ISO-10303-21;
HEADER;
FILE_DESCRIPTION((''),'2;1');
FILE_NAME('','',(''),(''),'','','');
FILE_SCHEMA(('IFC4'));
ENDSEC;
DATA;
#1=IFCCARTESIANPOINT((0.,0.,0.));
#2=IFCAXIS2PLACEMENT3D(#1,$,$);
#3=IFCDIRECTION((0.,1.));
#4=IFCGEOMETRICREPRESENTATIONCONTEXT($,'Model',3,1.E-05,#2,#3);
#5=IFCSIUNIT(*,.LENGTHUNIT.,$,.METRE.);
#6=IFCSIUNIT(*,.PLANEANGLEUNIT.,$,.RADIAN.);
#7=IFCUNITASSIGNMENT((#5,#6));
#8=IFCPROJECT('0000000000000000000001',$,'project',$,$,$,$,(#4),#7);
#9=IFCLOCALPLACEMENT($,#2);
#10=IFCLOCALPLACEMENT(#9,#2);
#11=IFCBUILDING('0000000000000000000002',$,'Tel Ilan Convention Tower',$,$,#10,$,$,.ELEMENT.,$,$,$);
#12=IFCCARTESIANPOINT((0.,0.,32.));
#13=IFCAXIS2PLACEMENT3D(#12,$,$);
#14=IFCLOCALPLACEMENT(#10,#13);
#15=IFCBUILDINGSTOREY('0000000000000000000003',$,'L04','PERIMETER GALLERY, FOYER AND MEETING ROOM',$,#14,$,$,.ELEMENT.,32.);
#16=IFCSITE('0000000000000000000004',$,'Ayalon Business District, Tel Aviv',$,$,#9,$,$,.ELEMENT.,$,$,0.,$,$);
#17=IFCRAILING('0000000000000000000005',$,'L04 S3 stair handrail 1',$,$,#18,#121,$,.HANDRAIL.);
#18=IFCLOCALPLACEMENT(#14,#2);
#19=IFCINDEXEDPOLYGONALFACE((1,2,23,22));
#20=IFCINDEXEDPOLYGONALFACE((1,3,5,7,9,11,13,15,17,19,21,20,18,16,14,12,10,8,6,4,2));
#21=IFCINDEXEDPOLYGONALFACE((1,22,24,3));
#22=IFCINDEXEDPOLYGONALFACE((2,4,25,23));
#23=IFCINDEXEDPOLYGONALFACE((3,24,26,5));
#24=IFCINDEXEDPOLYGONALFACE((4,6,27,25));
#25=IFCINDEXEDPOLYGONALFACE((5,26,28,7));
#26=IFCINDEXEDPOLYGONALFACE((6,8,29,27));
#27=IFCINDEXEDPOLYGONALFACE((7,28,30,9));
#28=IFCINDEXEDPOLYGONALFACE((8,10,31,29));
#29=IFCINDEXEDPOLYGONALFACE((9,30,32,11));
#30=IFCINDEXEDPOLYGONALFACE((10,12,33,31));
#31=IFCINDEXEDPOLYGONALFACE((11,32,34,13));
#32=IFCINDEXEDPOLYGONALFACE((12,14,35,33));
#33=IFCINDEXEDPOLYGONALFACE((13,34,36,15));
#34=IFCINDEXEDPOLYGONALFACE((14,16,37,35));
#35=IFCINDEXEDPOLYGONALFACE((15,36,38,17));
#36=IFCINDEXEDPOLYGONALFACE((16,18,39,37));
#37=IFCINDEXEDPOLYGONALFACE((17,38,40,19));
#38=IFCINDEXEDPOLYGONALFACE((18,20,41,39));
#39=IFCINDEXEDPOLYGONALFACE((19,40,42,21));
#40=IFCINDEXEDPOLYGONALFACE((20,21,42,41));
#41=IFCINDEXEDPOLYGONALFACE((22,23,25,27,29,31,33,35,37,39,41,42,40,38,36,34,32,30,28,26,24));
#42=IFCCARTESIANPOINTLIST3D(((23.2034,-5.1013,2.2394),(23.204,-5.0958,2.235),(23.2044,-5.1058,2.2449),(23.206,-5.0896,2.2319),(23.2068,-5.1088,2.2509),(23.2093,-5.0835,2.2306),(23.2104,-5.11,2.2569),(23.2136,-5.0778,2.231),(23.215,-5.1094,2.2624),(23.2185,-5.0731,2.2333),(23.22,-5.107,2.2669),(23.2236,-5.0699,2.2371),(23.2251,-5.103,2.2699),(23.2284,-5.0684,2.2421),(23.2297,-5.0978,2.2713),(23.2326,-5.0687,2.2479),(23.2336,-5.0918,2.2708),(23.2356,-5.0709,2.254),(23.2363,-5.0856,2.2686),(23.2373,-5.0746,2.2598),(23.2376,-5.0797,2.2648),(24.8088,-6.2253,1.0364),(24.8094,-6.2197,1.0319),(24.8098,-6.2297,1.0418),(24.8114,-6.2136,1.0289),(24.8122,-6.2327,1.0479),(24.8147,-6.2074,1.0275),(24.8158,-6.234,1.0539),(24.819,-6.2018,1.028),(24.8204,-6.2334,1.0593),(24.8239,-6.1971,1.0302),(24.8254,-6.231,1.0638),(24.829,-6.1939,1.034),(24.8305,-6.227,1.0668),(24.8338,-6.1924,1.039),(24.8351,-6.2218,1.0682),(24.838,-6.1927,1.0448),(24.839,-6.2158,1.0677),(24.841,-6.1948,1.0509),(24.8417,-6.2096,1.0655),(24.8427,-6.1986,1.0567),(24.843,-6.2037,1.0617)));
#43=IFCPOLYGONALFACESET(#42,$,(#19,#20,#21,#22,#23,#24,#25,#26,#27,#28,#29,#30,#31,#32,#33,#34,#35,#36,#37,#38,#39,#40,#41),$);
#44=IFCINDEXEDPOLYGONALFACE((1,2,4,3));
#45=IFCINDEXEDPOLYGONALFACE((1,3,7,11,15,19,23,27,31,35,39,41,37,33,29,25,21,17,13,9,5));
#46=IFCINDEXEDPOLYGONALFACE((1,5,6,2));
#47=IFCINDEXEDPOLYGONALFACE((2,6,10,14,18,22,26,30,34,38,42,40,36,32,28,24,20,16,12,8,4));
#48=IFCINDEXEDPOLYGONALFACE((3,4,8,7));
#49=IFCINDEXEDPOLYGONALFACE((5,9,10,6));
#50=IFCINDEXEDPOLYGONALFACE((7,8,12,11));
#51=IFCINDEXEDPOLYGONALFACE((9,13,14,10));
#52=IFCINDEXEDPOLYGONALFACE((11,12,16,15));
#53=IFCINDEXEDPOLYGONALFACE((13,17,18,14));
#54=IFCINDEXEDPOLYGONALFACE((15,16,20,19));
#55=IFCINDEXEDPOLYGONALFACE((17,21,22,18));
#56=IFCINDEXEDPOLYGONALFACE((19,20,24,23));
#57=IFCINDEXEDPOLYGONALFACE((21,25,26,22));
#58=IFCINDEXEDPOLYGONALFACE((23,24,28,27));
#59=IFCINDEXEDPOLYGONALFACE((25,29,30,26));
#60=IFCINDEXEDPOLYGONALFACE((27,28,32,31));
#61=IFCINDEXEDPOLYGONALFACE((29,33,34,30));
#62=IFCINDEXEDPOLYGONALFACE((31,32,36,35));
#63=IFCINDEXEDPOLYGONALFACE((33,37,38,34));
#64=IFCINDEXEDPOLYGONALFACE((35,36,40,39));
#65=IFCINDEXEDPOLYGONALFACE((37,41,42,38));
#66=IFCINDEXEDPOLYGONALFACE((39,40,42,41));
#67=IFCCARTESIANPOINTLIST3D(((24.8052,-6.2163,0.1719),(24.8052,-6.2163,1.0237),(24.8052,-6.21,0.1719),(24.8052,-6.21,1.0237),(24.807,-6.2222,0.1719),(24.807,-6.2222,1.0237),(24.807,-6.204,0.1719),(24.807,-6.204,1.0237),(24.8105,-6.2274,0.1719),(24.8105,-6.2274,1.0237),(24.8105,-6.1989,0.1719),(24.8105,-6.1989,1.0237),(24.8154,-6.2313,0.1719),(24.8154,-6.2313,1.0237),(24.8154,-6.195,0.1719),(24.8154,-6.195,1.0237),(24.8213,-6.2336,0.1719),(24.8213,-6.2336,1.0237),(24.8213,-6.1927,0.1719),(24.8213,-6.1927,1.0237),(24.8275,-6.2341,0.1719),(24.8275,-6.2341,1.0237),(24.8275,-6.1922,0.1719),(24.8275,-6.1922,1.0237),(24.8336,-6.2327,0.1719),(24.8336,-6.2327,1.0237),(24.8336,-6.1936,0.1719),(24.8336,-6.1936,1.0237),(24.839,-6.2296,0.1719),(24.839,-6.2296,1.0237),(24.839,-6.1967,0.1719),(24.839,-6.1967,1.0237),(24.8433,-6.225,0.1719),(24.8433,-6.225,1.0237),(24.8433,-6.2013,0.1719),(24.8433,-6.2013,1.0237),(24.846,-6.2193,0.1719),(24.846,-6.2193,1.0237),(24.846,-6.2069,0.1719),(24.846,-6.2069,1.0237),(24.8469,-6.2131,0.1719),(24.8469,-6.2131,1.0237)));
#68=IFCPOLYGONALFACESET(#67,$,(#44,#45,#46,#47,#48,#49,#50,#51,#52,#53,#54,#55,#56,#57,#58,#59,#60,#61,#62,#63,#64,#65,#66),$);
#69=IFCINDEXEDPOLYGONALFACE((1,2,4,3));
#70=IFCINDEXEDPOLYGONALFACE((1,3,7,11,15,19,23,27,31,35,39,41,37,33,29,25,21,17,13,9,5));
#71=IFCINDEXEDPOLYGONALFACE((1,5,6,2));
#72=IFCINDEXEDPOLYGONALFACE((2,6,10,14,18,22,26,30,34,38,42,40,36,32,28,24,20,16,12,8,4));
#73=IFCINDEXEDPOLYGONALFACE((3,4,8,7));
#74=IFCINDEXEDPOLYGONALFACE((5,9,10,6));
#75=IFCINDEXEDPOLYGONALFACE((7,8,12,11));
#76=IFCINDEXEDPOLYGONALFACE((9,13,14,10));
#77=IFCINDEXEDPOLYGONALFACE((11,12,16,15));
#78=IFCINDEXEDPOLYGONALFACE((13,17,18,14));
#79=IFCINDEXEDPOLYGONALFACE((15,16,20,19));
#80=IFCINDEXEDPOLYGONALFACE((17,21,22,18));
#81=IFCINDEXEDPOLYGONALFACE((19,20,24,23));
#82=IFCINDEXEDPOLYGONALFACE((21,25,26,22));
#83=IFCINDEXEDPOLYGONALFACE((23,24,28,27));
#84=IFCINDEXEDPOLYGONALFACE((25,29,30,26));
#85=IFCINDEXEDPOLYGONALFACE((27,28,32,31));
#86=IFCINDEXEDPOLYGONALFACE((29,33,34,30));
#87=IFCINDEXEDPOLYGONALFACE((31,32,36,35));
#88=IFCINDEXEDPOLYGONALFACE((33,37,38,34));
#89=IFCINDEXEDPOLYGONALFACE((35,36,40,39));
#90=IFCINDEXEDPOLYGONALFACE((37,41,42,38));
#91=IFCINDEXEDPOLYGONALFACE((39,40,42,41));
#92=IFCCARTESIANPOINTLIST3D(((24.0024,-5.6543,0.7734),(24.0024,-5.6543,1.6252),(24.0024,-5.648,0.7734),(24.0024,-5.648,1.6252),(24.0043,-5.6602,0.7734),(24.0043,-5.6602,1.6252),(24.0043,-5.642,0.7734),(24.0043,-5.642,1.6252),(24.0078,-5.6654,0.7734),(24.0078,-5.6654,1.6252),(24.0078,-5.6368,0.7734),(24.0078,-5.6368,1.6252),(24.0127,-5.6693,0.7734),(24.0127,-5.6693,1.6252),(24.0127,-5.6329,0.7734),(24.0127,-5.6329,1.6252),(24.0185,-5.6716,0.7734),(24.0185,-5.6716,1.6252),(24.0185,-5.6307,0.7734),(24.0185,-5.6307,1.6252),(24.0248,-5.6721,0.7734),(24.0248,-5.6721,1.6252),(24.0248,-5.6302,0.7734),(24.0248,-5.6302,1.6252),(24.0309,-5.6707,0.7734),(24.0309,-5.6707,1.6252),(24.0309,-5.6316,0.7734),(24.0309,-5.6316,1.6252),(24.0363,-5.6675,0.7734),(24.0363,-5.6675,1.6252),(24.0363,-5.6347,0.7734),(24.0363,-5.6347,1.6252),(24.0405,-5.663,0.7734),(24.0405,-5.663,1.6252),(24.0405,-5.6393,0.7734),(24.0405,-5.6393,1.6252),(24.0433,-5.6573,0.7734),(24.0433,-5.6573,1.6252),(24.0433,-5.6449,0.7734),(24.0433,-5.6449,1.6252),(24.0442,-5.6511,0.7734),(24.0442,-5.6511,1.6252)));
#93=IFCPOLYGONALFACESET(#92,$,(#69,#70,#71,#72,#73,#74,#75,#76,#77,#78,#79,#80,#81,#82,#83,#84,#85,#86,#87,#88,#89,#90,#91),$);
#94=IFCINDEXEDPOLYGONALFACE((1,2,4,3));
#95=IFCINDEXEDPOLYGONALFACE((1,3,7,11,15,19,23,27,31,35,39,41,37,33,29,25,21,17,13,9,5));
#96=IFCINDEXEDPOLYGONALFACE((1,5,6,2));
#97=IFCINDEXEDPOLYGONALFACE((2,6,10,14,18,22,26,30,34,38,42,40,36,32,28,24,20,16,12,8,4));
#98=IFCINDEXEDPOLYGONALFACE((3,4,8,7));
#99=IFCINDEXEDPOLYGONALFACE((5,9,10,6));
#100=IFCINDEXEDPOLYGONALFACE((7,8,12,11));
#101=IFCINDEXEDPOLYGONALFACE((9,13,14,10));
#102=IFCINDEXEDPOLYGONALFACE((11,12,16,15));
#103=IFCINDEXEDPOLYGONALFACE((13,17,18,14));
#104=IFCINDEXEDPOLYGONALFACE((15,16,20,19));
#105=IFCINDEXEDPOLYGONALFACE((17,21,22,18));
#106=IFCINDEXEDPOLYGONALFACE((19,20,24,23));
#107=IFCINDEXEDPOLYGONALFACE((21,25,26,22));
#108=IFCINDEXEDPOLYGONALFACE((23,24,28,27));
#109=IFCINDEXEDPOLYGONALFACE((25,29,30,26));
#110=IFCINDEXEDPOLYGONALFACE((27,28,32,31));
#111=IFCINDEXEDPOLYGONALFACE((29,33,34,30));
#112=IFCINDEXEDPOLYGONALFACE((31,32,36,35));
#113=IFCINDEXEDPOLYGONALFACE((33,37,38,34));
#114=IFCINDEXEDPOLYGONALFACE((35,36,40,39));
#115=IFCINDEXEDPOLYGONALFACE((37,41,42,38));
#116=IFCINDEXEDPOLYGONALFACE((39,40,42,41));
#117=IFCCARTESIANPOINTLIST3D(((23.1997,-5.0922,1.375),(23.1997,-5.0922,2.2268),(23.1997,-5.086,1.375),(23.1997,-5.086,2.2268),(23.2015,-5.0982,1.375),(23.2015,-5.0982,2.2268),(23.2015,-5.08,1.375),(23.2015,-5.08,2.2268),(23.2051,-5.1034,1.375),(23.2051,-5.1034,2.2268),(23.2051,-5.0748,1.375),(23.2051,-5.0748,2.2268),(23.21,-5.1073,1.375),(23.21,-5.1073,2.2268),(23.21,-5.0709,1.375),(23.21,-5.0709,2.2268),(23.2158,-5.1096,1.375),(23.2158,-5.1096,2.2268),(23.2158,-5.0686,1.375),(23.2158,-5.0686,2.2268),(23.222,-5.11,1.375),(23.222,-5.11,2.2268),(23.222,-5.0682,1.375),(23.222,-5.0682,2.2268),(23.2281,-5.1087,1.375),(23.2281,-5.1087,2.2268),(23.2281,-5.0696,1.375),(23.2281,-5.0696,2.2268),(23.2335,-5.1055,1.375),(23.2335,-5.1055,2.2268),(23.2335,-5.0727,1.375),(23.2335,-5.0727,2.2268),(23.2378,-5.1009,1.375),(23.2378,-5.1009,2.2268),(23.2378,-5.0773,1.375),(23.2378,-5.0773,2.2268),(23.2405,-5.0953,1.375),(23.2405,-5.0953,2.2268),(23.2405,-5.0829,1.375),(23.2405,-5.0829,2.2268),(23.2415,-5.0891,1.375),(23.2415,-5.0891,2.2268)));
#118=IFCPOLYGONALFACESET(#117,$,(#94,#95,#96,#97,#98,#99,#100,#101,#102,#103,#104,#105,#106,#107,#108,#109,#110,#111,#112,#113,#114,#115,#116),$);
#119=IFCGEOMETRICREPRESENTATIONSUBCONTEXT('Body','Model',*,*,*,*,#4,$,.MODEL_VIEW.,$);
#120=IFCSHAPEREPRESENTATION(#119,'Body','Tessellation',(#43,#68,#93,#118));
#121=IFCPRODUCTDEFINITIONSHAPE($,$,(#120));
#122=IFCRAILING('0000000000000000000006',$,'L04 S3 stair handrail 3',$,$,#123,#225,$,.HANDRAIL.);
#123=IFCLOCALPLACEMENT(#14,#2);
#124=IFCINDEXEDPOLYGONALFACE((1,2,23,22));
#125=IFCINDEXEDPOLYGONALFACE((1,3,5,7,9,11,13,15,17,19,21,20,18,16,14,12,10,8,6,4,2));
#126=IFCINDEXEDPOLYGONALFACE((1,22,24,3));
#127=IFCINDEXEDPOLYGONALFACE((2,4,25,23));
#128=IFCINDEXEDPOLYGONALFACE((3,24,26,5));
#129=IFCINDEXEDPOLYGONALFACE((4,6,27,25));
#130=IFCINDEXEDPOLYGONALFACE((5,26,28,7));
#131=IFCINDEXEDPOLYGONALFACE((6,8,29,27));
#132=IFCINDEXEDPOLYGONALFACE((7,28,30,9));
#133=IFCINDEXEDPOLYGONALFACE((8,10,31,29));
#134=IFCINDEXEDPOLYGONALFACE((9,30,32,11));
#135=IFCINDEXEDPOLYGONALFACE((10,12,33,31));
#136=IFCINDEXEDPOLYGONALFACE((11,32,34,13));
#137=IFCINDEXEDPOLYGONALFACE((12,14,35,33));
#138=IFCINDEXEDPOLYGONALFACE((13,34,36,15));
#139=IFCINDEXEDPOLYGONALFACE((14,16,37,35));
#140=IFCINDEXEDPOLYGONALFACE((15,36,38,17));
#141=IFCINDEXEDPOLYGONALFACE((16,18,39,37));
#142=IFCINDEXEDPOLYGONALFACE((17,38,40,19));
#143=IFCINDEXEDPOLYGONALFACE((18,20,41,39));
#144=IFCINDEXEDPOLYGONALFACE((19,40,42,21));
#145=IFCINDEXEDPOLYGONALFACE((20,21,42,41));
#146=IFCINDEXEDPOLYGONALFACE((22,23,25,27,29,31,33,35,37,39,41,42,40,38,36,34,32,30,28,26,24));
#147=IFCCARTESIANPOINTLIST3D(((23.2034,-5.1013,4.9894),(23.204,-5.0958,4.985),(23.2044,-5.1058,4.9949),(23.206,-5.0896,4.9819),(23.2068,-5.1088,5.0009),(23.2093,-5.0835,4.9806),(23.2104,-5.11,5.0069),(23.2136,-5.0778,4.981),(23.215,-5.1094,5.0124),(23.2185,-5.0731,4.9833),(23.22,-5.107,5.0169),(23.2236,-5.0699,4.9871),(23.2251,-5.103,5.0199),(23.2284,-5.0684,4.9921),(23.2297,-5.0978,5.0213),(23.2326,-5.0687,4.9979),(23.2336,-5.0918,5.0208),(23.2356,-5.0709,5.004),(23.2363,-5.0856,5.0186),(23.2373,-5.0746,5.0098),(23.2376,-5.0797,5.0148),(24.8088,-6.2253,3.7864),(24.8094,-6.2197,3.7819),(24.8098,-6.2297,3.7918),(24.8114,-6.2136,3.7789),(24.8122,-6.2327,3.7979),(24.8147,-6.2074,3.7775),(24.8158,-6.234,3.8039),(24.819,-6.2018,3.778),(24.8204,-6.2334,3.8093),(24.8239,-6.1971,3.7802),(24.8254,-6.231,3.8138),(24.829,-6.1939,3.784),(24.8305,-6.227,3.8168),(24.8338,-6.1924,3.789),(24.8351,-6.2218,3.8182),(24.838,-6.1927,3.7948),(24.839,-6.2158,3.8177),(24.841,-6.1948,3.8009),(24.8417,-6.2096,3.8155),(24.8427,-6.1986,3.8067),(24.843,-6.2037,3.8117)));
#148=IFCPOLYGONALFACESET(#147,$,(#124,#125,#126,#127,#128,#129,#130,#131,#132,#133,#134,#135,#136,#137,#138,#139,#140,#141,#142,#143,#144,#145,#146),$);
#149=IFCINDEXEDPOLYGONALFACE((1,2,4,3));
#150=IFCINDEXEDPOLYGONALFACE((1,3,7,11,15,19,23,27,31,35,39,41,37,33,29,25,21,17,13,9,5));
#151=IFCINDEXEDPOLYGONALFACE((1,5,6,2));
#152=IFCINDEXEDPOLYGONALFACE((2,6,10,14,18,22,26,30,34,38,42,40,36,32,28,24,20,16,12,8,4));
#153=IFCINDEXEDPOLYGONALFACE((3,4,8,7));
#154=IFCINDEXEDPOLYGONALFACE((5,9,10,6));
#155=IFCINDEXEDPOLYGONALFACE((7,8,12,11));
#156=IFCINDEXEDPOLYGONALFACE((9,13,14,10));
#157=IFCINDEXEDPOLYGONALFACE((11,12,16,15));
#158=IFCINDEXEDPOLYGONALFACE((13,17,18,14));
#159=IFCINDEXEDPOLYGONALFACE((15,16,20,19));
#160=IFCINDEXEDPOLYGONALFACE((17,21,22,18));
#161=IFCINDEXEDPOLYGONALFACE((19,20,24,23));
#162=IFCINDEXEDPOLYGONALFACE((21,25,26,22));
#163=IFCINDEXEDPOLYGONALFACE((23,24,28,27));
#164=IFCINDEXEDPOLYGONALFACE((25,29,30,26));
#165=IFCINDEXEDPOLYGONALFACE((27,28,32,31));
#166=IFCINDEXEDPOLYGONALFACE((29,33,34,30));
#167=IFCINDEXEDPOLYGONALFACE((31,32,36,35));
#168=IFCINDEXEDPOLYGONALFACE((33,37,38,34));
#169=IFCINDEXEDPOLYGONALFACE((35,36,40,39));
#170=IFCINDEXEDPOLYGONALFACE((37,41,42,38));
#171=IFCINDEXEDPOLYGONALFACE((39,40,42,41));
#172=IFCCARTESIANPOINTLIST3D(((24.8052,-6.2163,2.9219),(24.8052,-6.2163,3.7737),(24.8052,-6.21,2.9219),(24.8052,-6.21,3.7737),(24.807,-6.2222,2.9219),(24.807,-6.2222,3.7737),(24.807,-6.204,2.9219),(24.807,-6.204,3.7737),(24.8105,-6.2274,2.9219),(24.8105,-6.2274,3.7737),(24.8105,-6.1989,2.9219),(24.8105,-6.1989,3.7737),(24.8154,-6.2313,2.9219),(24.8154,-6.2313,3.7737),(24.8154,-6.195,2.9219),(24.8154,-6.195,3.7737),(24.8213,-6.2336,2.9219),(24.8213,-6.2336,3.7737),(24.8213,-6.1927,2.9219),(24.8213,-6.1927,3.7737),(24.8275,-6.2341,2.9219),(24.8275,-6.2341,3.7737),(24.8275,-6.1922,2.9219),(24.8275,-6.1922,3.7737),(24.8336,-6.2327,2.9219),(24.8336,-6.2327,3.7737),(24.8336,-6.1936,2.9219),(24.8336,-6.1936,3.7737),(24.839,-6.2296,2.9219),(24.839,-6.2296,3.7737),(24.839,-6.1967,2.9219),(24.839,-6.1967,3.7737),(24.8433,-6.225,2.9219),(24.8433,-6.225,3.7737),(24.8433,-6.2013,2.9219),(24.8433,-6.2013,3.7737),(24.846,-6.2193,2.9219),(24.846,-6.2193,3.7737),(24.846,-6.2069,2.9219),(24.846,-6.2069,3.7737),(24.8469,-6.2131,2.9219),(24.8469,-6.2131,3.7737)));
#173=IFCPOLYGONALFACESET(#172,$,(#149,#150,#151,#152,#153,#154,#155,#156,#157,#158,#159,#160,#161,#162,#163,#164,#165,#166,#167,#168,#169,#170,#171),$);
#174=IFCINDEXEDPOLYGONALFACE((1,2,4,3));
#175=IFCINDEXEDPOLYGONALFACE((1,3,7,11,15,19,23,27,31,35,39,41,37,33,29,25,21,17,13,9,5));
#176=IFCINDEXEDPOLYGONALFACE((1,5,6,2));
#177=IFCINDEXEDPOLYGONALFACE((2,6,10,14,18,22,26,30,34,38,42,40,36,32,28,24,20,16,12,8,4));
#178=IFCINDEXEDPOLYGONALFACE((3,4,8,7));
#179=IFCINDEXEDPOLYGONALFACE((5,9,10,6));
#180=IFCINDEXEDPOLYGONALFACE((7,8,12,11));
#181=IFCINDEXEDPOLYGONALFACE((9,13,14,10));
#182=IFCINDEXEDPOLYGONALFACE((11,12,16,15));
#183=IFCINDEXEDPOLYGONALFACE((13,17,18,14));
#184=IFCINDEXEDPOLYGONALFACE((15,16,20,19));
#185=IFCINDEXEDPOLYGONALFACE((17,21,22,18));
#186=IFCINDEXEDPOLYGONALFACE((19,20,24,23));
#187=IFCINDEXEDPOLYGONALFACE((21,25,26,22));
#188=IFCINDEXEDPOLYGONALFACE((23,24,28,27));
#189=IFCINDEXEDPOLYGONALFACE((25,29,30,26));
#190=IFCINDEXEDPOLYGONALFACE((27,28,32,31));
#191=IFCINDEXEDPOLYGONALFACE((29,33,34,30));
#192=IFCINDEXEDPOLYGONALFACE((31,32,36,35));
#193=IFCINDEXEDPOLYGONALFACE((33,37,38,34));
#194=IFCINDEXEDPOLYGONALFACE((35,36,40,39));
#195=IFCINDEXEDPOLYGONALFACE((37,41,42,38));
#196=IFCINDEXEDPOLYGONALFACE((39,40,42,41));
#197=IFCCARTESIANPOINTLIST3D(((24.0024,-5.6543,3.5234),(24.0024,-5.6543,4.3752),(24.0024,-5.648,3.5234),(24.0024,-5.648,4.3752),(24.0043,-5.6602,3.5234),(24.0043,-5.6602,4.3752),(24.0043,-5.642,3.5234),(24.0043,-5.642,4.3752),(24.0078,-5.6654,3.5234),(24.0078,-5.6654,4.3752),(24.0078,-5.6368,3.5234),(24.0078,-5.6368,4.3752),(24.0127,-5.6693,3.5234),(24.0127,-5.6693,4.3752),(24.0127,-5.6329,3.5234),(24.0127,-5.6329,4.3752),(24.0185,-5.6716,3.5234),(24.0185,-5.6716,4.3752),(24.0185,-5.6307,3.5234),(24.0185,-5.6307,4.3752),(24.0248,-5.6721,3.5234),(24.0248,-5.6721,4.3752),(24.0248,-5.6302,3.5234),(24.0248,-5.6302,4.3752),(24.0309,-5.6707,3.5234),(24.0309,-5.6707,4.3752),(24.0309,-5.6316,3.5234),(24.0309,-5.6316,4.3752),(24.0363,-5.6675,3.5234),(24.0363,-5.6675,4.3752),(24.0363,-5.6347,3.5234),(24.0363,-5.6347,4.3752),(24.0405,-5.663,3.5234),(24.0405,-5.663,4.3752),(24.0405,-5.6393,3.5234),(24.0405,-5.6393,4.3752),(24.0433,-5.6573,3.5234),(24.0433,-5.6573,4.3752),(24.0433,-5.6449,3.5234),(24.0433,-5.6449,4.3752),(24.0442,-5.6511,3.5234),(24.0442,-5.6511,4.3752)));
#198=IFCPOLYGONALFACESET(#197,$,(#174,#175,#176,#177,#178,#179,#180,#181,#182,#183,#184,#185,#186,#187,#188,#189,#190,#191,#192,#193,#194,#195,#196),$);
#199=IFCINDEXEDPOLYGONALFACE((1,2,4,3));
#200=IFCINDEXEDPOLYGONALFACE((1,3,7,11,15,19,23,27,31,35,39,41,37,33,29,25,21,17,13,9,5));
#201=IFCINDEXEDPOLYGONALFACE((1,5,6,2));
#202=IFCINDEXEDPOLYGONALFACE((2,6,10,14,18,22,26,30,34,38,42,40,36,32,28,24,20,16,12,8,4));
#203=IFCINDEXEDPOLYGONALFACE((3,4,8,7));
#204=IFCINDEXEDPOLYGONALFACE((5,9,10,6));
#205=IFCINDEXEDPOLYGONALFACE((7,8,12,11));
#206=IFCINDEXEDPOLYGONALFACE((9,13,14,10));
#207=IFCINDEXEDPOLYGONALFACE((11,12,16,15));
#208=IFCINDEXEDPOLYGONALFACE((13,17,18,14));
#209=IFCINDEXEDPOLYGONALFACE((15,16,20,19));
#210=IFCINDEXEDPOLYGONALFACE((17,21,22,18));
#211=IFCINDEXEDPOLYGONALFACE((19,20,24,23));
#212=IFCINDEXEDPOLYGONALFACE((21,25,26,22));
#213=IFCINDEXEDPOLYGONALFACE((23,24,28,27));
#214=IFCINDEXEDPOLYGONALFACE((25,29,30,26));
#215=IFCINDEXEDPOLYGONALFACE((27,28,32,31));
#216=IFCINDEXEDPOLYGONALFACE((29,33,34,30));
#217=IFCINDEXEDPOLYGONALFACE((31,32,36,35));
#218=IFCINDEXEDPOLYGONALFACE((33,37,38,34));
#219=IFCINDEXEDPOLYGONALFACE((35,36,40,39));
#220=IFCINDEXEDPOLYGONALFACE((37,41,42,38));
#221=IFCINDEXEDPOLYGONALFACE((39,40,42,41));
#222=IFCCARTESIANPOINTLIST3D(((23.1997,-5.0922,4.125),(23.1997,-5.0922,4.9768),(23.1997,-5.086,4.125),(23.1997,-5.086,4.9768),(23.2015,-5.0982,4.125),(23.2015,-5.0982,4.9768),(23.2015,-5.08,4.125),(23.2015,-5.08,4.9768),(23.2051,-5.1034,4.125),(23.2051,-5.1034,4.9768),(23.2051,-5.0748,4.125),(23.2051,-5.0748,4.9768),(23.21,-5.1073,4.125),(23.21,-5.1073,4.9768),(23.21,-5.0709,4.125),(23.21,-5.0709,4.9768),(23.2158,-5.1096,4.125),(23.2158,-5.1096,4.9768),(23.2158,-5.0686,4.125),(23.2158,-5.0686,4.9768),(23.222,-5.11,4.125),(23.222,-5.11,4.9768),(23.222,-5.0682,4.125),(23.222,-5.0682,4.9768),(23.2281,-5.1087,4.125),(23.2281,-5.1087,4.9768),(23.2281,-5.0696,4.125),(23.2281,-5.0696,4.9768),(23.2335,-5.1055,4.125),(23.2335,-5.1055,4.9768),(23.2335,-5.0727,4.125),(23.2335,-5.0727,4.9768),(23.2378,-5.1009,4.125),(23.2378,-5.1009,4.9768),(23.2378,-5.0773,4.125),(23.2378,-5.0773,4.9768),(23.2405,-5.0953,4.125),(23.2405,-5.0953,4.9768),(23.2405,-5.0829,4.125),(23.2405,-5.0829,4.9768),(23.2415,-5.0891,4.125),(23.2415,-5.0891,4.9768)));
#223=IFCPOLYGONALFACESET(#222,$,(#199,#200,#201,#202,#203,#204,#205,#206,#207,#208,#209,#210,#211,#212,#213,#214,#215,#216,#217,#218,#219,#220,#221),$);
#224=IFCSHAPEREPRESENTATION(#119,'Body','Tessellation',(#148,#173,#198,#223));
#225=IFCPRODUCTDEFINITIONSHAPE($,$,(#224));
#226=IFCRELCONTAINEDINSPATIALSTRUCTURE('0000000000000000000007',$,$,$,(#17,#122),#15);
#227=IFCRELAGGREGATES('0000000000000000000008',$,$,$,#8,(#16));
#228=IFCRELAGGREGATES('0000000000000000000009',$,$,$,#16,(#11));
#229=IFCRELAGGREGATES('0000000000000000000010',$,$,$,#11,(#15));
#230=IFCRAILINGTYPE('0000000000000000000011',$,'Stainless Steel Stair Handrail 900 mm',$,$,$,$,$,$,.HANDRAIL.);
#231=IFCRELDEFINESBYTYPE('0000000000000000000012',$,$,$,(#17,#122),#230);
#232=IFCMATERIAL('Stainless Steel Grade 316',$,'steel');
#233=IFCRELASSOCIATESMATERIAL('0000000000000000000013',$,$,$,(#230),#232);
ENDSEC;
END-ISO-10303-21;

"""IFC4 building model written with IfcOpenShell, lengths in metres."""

from ifc_helpers import new_model, si_unit, direction, frame, origin, origin_2d, place, context, subcontext, project, spatial, circle, extrude, material, type_object, element, save


model = new_model("IFC4")

# Units and contexts
model_context = context("Model", 3, precision=1e-05, world=origin(), true_north=direction((0.0, 1.0)))
body_context = subcontext(model_context, "Body", "Model", "MODEL_VIEW")
ifc_project = project(units=[si_unit("LENGTHUNIT", "METRE"), si_unit("PLANEANGLEUNIT", "RADIAN")], contexts=[model_context])

# Site, building, storey
site_placement = place(None, origin())
site = spatial("IfcSite", under=ifc_project, at=site_placement, Name="Ayalon Business District, Tel Aviv", CompositionType="ELEMENT", RefElevation=0.0)
building_placement = place(site_placement, origin())
building = spatial("IfcBuilding", under=site, at=building_placement, Name="Tel Ilan Convention Tower", CompositionType="ELEMENT")
storey_placement = place(building_placement, frame((0.0, 0.0, 32.0)))
storey = spatial("IfcBuildingStorey", under=building, at=storey_placement, Name="L04", Description="PERIMETER GALLERY, FOYER AND MEETING ROOM", CompositionType="ELEMENT", Elevation=32.0)

# Railings
ifc_material_1 = material(Name="Stainless Steel Grade 316", Category="steel")
railing_type = type_object("IfcRailingType", Name="Stainless Steel Stair Handrail 900 mm", PredefinedType="HANDRAIL", material=ifc_material_1)
for number, where, name in (
    (1, (24.8259, -6.2131, 0.1719), "L04 S3 stair handrail 1"),
    (2, (24.8259, -6.2131, 2.9219), "L04 S3 stair handrail 3"),
):
    element("IfcRailing", number, at=place(storey_placement, frame(where)), inside=storey, type_object=railing_type, Name=name, PredefinedType="HANDRAIL", context=body_context, shape_type="SweptSolid", body=[
        extrude(circle(Radius=0.0239, at=origin_2d()), frame((0.0, 0.0, 0.876), z_axis=(-0.698131, 0.488777, 0.523174), x_axis=(-0.573529, -0.819185, 0.0)), (0.0, 0.0, 1.0), 2.2996),
        extrude(circle(Radius=0.021, at=origin_2d()), origin(), (0.0, 0.0, 1.0), 0.8518),
        extrude(circle(Radius=0.021, at=origin_2d()), frame((-0.8027, 0.562, 0.6016)), (0.0, 0.0, 1.0), 0.8518),
        extrude(circle(Radius=0.021, at=origin_2d()), frame((-1.6055, 1.124, 1.2031)), (0.0, 0.0, 1.0), 0.8518),
    ])

save(model, "model.ifc")
